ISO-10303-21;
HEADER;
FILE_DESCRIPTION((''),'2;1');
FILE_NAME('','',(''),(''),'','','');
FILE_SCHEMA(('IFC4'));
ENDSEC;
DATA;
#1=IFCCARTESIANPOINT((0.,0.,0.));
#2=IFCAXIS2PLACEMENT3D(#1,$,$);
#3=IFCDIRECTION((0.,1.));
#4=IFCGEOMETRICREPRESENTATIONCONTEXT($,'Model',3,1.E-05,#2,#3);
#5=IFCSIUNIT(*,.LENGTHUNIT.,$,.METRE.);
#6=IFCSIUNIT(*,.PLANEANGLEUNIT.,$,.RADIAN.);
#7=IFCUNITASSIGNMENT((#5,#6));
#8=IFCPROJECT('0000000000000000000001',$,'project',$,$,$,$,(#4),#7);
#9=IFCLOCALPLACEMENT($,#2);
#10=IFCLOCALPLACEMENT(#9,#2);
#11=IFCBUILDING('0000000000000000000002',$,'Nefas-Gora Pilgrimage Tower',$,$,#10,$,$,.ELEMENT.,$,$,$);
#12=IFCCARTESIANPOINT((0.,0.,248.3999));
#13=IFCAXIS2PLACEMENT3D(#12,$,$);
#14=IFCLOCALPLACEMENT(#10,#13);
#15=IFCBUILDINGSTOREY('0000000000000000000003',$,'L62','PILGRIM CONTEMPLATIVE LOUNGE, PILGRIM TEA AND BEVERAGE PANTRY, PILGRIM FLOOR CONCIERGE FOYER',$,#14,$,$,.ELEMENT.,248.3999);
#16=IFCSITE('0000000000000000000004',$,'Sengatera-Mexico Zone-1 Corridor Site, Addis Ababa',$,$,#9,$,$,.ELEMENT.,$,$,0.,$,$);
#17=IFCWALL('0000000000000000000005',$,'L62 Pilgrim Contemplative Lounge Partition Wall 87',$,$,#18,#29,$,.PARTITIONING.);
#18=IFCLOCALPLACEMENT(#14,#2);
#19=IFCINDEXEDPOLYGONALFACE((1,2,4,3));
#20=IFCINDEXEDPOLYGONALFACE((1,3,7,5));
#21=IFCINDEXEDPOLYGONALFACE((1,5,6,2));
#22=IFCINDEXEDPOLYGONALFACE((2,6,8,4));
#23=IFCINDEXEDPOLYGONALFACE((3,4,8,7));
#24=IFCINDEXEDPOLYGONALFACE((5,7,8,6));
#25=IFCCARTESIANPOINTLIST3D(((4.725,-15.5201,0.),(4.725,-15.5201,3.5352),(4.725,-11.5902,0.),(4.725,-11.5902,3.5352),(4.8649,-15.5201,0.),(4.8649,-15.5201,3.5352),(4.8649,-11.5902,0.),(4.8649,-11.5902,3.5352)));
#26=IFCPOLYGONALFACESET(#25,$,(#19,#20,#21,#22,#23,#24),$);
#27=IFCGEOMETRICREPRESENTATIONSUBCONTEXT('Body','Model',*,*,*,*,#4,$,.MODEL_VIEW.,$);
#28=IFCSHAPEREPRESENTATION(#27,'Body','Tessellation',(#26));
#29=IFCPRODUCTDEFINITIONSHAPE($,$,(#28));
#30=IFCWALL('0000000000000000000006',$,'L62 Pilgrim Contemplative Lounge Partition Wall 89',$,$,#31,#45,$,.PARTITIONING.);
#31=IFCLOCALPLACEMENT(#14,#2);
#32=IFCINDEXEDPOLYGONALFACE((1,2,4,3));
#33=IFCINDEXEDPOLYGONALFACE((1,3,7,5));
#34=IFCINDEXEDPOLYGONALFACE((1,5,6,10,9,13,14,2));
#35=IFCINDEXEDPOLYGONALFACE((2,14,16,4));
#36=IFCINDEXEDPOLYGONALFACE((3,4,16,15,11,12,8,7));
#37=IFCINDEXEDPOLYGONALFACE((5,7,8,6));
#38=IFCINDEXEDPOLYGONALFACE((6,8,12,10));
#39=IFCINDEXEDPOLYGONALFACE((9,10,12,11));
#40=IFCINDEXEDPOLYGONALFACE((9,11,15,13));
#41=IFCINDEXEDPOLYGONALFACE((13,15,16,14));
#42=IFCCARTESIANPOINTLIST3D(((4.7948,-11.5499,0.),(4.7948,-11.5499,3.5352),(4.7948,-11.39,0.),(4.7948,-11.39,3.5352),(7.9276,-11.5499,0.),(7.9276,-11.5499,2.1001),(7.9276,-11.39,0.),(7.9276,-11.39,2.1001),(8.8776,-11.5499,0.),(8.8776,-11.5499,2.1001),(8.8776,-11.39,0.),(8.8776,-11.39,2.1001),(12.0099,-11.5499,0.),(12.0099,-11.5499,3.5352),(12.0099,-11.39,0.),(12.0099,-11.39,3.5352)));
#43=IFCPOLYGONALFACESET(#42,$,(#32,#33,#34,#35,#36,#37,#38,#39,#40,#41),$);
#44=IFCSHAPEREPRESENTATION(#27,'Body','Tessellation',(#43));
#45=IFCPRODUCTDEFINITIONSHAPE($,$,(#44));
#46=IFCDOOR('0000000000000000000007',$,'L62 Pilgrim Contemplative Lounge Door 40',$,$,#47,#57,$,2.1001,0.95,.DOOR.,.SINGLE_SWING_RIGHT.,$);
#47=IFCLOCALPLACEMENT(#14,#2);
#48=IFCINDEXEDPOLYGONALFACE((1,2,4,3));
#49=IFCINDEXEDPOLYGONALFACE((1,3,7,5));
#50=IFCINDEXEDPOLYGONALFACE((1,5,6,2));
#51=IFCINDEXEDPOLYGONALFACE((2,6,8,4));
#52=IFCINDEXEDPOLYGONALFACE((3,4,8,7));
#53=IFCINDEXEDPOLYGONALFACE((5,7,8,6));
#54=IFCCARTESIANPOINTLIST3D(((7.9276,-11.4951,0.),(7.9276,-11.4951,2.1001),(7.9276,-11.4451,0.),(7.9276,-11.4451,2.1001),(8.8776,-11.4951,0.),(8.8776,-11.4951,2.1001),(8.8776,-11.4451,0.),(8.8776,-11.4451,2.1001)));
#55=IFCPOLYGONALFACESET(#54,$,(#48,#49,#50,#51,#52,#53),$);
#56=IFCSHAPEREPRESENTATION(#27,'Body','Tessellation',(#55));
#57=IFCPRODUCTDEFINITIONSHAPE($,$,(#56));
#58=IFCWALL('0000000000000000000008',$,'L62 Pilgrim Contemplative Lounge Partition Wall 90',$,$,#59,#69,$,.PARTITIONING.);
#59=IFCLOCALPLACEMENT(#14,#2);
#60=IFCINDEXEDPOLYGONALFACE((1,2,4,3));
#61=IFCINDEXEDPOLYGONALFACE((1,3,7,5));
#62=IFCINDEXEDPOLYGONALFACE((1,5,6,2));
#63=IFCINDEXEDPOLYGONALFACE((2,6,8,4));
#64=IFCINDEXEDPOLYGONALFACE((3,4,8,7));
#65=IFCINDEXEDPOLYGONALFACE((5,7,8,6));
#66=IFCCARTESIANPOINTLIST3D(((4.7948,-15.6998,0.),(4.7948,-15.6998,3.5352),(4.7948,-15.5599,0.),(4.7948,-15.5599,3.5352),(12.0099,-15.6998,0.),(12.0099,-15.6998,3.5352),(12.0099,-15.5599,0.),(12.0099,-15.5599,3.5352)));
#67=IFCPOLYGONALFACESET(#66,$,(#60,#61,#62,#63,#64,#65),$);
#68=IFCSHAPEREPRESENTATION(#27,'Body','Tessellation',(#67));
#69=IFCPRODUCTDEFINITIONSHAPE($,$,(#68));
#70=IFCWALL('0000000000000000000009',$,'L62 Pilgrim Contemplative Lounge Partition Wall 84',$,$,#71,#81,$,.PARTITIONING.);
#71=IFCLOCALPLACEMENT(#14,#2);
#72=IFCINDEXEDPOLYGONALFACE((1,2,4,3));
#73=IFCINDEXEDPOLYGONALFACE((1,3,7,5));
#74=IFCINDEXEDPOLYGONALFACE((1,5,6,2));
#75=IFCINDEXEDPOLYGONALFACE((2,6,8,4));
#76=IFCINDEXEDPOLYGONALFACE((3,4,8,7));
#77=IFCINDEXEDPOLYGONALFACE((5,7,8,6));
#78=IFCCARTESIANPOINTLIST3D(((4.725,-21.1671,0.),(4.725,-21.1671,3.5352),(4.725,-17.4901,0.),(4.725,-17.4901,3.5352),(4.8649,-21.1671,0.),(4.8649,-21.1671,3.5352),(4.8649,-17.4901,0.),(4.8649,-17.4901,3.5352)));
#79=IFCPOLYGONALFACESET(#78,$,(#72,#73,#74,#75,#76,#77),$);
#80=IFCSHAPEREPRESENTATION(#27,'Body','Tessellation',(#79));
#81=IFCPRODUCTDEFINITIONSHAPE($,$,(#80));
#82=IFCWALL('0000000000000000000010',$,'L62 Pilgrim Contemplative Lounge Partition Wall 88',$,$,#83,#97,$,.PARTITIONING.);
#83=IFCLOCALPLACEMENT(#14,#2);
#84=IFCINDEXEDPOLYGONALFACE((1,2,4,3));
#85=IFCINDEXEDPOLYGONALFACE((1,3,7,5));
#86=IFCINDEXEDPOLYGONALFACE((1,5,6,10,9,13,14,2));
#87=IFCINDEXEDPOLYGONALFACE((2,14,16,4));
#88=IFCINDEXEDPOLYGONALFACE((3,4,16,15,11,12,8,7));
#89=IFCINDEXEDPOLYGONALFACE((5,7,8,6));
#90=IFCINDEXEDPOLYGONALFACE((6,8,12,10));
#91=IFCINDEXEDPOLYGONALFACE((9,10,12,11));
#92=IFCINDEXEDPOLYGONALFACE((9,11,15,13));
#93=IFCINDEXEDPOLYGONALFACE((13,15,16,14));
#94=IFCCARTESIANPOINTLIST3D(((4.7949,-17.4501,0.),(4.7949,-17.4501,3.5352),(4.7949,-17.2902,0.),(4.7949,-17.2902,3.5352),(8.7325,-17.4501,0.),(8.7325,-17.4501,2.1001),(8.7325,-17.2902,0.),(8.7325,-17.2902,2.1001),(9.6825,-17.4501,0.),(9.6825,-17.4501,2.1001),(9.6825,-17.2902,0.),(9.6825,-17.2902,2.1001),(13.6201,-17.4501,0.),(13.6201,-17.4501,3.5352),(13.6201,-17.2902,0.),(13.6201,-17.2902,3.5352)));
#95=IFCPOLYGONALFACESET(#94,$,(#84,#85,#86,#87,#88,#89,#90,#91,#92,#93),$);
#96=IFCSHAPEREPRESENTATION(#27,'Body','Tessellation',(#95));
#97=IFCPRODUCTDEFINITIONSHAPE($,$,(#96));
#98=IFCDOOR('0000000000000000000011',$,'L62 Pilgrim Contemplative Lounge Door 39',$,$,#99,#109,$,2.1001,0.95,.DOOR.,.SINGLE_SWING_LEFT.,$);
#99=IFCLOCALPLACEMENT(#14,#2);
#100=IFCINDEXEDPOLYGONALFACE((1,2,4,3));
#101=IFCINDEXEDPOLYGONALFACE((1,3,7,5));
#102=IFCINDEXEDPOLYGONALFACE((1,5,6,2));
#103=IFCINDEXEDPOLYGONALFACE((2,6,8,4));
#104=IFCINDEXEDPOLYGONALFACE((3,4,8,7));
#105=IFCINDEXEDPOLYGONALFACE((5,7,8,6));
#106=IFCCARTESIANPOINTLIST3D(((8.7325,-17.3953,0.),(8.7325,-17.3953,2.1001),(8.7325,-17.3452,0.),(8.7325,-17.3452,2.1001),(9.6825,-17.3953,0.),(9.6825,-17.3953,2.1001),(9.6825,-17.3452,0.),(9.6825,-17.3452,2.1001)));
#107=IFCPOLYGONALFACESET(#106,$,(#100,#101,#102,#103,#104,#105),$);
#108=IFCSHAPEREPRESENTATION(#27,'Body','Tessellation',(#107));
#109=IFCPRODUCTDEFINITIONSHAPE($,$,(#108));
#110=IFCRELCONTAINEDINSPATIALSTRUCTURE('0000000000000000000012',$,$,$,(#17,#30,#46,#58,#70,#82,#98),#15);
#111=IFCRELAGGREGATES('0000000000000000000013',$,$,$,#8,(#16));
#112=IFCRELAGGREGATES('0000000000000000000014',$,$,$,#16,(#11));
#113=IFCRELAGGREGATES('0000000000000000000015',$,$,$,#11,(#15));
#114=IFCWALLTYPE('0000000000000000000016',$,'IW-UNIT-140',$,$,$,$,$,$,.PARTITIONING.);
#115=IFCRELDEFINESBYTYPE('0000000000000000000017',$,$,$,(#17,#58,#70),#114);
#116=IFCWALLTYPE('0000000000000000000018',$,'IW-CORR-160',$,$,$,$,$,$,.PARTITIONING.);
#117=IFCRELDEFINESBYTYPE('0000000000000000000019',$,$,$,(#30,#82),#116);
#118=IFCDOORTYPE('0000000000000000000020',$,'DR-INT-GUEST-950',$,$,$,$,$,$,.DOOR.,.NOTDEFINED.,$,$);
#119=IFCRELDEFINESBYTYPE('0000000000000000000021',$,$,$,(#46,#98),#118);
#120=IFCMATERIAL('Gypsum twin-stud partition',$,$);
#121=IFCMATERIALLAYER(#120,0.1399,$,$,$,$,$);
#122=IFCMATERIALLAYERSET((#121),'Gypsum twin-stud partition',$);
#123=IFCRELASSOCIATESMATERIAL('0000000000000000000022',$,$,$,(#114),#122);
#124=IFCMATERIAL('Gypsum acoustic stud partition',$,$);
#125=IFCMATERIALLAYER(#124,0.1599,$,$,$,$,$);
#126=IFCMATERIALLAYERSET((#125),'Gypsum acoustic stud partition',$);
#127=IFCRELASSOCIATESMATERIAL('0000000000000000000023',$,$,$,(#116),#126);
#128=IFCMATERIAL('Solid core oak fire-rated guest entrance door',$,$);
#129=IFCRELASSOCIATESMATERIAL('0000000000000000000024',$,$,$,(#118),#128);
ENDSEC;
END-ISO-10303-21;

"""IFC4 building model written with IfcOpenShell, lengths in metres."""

from ifc_helpers import new_model, si_unit, direction, frame, frame_2d, origin, place, context, subcontext, project, spatial, rectangle, extrude, source, transform, mapped, material, layer, layer_set, type_object, element, fill, save


model = new_model("IFC4")

# Units and contexts
model_context = context("Model", 3, precision=1e-05, world=origin(), true_north=direction((0.0, 1.0)))
body_context = subcontext(model_context, "Body", "Model", "MODEL_VIEW")
ifc_project = project(units=[si_unit("LENGTHUNIT", "METRE"), si_unit("PLANEANGLEUNIT", "RADIAN")], contexts=[model_context])

# Site, building, storey
site_placement = place(None, origin())
site = spatial("IfcSite", under=ifc_project, at=site_placement, Name="Sengatera-Mexico Zone-1 Corridor Site, Addis Ababa", CompositionType="ELEMENT", RefElevation=0.0)
building_placement = place(site_placement, origin())
building = spatial("IfcBuilding", under=site, at=building_placement, Name="Nefas-Gora Pilgrimage Tower", CompositionType="ELEMENT")
storey_placement = place(building_placement, frame((0.0, 0.0, 248.3999)))
storey = spatial("IfcBuildingStorey", under=building, at=storey_placement, Name="L62", Description="PILGRIM CONTEMPLATIVE LOUNGE, PILGRIM TEA AND BEVERAGE PANTRY, PILGRIM FLOOR CONCIERGE FOYER", CompositionType="ELEMENT", Elevation=248.3999)

# Wall
ifc_material_1 = material(Name="Gypsum twin-stud partition")
ifc_layer_1 = layer(ifc_material_1, 0.1399)
ifc_layer_set_1 = layer_set([ifc_layer_1], Name="Gypsum twin-stud partition")
wall_type_1 = type_object("IfcWallType", Name="IW-UNIT-140", PredefinedType="PARTITIONING", material=ifc_layer_set_1)
shared_shape_1 = source(origin(), body_context, "Body", "SweptSolid", [
    extrude(rectangle(XDim=3.9299, YDim=0.1399, at=frame_2d((1.9648, 0.0))), origin(), (0.0, 0.0, 1.0), 3.5352),
])
wall_1_placement = place(storey_placement, frame((4.7949, -15.52, 0.0), z_axis=(0.0, 0.0, 1.0), x_axis=(0.0, 1.0, 0.0)))
element("IfcWall", 1, at=wall_1_placement, inside=storey, type_object=wall_type_1, Name="L62 Pilgrim Contemplative Lounge Partition Wall 87", PredefinedType="PARTITIONING", context=body_context, shape_type="MappedRepresentation", body=[
    mapped(shared_shape_1, transform((0.0, 0.0, 0.0), x_axis=(1.0, 0.0, 0.0), y_axis=(0.0, 1.0, 0.0), z_axis=(0.0, 0.0, 1.0), scale=1.0)),
])

# Wall, opening, door
ifc_material_2 = material(Name="Gypsum acoustic stud partition")
ifc_layer_2 = layer(ifc_material_2, 0.1599)
ifc_layer_set_2 = layer_set([ifc_layer_2], Name="Gypsum acoustic stud partition")
wall_type_2 = type_object("IfcWallType", Name="IW-CORR-160", PredefinedType="PARTITIONING", material=ifc_layer_set_2)
shared_shape_2 = source(origin(), body_context, "Body", "SweptSolid", [
    extrude(rectangle(XDim=7.2151, YDim=0.1599, at=frame_2d((3.6074, 0.0))), origin(), (0.0, 0.0, 1.0), 3.5352),
])
wall_2_placement = place(storey_placement, frame((4.7949, -11.47, 0.0), z_axis=(0.0, 0.0, 1.0), x_axis=(1.0, 0.0, 0.0)))
wall_2 = element("IfcWall", 2, at=wall_2_placement, inside=storey, type_object=wall_type_2, Name="L62 Pilgrim Contemplative Lounge Partition Wall 89", PredefinedType="PARTITIONING", context=body_context, shape_type="MappedRepresentation", body=[
    mapped(shared_shape_2, transform((0.0, 0.0, 0.0), x_axis=(1.0, 0.0, 0.0), y_axis=(0.0, 1.0, 0.0), z_axis=(0.0, 0.0, 1.0), scale=1.0)),
])
opening_1_placement = place(wall_2_placement, frame((3.1326, 0.0, 0.0)))
opening_1 = element("IfcOpeningElement", 3, at=opening_1_placement, cuts=wall_2, PredefinedType="OPENING", context=body_context, shape_type="SweptSolid", body=[
    extrude(rectangle(XDim=0.95, YDim=2.1001, at=frame_2d((0.4751, 1.05))), frame((0.0, 0.0898, 0.0), z_axis=(0.0, -1.0, 0.0), x_axis=(1.0, 0.0, 0.0)), (0.0, 0.0, 1.0), 0.1799),
])
ifc_material_3 = material(Name="Solid core oak fire-rated guest entrance door")
door_type = type_object("IfcDoorType", Name="DR-INT-GUEST-950", OperationType="NOTDEFINED", PredefinedType="DOOR", material=ifc_material_3)
shared_shape_3 = source(origin(), body_context, "Body", "SweptSolid", [
    extrude(rectangle(XDim=0.95, YDim=2.1001, at=frame_2d((0.4751, 1.05))), frame((0.0, 0.0249, 0.0), z_axis=(0.0, -1.0, 0.0), x_axis=(1.0, 0.0, 0.0)), (0.0, 0.0, 1.0), 0.05),
])
door_1_placement = place(opening_1_placement, origin())
door_1 = element("IfcDoor", 4, at=door_1_placement, inside=storey, type_object=door_type, Name="L62 Pilgrim Contemplative Lounge Door 40", OperationType="SINGLE_SWING_RIGHT", OverallHeight=2.1001, OverallWidth=0.95, PredefinedType="DOOR", context=body_context, shape_type="MappedRepresentation", body=[
    mapped(shared_shape_3, transform((0.0, 0.0, 0.0), x_axis=(1.0, 0.0, 0.0), y_axis=(0.0, 1.0, 0.0), z_axis=(0.0, 0.0, 1.0), scale=1.0)),
])
fill(opening_1, door_1)

# Walls
shared_shape_4 = source(origin(), body_context, "Body", "SweptSolid", [
    extrude(rectangle(XDim=7.2151, YDim=0.1399, at=frame_2d((3.6074, 0.0))), origin(), (0.0, 0.0, 1.0), 3.5352),
])
wall_3_placement = place(storey_placement, frame((4.7949, -15.6299, 0.0), z_axis=(0.0, 0.0, 1.0), x_axis=(1.0, 0.0, 0.0)))
element("IfcWall", 5, at=wall_3_placement, inside=storey, type_object=wall_type_1, Name="L62 Pilgrim Contemplative Lounge Partition Wall 90", PredefinedType="PARTITIONING", context=body_context, shape_type="MappedRepresentation", body=[
    mapped(shared_shape_4, transform((0.0, 0.0, 0.0), x_axis=(1.0, 0.0, 0.0), y_axis=(0.0, 1.0, 0.0), z_axis=(0.0, 0.0, 1.0), scale=1.0)),
])
shared_shape_5 = source(origin(), body_context, "Body", "SweptSolid", [
    extrude(rectangle(XDim=3.677, YDim=0.1399, at=frame_2d((1.8384, 0.0))), origin(), (0.0, 0.0, 1.0), 3.5352),
])
wall_4_placement = place(storey_placement, frame((4.7949, -21.167, 0.0), z_axis=(0.0, 0.0, 1.0), x_axis=(0.0, 1.0, 0.0)))
element("IfcWall", 6, at=wall_4_placement, inside=storey, type_object=wall_type_1, Name="L62 Pilgrim Contemplative Lounge Partition Wall 84", PredefinedType="PARTITIONING", context=body_context, shape_type="MappedRepresentation", body=[
    mapped(shared_shape_5, transform((0.0, 0.0, 0.0), x_axis=(1.0, 0.0, 0.0), y_axis=(0.0, 1.0, 0.0), z_axis=(0.0, 0.0, 1.0), scale=1.0)),
])

# Wall, opening, door
shared_shape_6 = source(origin(), body_context, "Body", "SweptSolid", [
    extrude(rectangle(XDim=8.8252, YDim=0.1599, at=frame_2d((4.4126, 0.0))), origin(), (0.0, 0.0, 1.0), 3.5352),
])
wall_5_placement = place(storey_placement, frame((4.7949, -17.3701, 0.0), z_axis=(0.0, 0.0, 1.0), x_axis=(1.0, 0.0, 0.0)))
wall_5 = element("IfcWall", 7, at=wall_5_placement, inside=storey, type_object=wall_type_2, Name="L62 Pilgrim Contemplative Lounge Partition Wall 88", PredefinedType="PARTITIONING", context=body_context, shape_type="MappedRepresentation", body=[
    mapped(shared_shape_6, transform((0.0, 0.0, 0.0), x_axis=(1.0, 0.0, 0.0), y_axis=(0.0, 1.0, 0.0), z_axis=(0.0, 0.0, 1.0), scale=1.0)),
])
opening_2_placement = place(wall_5_placement, frame((3.9375, 0.0, 0.0)))
opening_2 = element("IfcOpeningElement", 8, at=opening_2_placement, cuts=wall_5, PredefinedType="OPENING", context=body_context, shape_type="SweptSolid", body=[
    extrude(rectangle(XDim=0.95, YDim=2.1001, at=frame_2d((0.4751, 1.05))), frame((0.0, 0.0898, 0.0), z_axis=(0.0, -1.0, 0.0), x_axis=(1.0, 0.0, 0.0)), (0.0, 0.0, 1.0), 0.1799),
])
door_2_placement = place(opening_2_placement, origin())
door_2 = element("IfcDoor", 9, at=door_2_placement, inside=storey, type_object=door_type, Name="L62 Pilgrim Contemplative Lounge Door 39", OperationType="SINGLE_SWING_LEFT", OverallHeight=2.1001, OverallWidth=0.95, PredefinedType="DOOR", context=body_context, shape_type="MappedRepresentation", body=[
    mapped(shared_shape_3, transform((0.0, 0.0, 0.0), x_axis=(1.0, 0.0, 0.0), y_axis=(0.0, 1.0, 0.0), z_axis=(0.0, 0.0, 1.0), scale=1.0)),
])
fill(opening_2, door_2)

save(model, "model.ifc")
